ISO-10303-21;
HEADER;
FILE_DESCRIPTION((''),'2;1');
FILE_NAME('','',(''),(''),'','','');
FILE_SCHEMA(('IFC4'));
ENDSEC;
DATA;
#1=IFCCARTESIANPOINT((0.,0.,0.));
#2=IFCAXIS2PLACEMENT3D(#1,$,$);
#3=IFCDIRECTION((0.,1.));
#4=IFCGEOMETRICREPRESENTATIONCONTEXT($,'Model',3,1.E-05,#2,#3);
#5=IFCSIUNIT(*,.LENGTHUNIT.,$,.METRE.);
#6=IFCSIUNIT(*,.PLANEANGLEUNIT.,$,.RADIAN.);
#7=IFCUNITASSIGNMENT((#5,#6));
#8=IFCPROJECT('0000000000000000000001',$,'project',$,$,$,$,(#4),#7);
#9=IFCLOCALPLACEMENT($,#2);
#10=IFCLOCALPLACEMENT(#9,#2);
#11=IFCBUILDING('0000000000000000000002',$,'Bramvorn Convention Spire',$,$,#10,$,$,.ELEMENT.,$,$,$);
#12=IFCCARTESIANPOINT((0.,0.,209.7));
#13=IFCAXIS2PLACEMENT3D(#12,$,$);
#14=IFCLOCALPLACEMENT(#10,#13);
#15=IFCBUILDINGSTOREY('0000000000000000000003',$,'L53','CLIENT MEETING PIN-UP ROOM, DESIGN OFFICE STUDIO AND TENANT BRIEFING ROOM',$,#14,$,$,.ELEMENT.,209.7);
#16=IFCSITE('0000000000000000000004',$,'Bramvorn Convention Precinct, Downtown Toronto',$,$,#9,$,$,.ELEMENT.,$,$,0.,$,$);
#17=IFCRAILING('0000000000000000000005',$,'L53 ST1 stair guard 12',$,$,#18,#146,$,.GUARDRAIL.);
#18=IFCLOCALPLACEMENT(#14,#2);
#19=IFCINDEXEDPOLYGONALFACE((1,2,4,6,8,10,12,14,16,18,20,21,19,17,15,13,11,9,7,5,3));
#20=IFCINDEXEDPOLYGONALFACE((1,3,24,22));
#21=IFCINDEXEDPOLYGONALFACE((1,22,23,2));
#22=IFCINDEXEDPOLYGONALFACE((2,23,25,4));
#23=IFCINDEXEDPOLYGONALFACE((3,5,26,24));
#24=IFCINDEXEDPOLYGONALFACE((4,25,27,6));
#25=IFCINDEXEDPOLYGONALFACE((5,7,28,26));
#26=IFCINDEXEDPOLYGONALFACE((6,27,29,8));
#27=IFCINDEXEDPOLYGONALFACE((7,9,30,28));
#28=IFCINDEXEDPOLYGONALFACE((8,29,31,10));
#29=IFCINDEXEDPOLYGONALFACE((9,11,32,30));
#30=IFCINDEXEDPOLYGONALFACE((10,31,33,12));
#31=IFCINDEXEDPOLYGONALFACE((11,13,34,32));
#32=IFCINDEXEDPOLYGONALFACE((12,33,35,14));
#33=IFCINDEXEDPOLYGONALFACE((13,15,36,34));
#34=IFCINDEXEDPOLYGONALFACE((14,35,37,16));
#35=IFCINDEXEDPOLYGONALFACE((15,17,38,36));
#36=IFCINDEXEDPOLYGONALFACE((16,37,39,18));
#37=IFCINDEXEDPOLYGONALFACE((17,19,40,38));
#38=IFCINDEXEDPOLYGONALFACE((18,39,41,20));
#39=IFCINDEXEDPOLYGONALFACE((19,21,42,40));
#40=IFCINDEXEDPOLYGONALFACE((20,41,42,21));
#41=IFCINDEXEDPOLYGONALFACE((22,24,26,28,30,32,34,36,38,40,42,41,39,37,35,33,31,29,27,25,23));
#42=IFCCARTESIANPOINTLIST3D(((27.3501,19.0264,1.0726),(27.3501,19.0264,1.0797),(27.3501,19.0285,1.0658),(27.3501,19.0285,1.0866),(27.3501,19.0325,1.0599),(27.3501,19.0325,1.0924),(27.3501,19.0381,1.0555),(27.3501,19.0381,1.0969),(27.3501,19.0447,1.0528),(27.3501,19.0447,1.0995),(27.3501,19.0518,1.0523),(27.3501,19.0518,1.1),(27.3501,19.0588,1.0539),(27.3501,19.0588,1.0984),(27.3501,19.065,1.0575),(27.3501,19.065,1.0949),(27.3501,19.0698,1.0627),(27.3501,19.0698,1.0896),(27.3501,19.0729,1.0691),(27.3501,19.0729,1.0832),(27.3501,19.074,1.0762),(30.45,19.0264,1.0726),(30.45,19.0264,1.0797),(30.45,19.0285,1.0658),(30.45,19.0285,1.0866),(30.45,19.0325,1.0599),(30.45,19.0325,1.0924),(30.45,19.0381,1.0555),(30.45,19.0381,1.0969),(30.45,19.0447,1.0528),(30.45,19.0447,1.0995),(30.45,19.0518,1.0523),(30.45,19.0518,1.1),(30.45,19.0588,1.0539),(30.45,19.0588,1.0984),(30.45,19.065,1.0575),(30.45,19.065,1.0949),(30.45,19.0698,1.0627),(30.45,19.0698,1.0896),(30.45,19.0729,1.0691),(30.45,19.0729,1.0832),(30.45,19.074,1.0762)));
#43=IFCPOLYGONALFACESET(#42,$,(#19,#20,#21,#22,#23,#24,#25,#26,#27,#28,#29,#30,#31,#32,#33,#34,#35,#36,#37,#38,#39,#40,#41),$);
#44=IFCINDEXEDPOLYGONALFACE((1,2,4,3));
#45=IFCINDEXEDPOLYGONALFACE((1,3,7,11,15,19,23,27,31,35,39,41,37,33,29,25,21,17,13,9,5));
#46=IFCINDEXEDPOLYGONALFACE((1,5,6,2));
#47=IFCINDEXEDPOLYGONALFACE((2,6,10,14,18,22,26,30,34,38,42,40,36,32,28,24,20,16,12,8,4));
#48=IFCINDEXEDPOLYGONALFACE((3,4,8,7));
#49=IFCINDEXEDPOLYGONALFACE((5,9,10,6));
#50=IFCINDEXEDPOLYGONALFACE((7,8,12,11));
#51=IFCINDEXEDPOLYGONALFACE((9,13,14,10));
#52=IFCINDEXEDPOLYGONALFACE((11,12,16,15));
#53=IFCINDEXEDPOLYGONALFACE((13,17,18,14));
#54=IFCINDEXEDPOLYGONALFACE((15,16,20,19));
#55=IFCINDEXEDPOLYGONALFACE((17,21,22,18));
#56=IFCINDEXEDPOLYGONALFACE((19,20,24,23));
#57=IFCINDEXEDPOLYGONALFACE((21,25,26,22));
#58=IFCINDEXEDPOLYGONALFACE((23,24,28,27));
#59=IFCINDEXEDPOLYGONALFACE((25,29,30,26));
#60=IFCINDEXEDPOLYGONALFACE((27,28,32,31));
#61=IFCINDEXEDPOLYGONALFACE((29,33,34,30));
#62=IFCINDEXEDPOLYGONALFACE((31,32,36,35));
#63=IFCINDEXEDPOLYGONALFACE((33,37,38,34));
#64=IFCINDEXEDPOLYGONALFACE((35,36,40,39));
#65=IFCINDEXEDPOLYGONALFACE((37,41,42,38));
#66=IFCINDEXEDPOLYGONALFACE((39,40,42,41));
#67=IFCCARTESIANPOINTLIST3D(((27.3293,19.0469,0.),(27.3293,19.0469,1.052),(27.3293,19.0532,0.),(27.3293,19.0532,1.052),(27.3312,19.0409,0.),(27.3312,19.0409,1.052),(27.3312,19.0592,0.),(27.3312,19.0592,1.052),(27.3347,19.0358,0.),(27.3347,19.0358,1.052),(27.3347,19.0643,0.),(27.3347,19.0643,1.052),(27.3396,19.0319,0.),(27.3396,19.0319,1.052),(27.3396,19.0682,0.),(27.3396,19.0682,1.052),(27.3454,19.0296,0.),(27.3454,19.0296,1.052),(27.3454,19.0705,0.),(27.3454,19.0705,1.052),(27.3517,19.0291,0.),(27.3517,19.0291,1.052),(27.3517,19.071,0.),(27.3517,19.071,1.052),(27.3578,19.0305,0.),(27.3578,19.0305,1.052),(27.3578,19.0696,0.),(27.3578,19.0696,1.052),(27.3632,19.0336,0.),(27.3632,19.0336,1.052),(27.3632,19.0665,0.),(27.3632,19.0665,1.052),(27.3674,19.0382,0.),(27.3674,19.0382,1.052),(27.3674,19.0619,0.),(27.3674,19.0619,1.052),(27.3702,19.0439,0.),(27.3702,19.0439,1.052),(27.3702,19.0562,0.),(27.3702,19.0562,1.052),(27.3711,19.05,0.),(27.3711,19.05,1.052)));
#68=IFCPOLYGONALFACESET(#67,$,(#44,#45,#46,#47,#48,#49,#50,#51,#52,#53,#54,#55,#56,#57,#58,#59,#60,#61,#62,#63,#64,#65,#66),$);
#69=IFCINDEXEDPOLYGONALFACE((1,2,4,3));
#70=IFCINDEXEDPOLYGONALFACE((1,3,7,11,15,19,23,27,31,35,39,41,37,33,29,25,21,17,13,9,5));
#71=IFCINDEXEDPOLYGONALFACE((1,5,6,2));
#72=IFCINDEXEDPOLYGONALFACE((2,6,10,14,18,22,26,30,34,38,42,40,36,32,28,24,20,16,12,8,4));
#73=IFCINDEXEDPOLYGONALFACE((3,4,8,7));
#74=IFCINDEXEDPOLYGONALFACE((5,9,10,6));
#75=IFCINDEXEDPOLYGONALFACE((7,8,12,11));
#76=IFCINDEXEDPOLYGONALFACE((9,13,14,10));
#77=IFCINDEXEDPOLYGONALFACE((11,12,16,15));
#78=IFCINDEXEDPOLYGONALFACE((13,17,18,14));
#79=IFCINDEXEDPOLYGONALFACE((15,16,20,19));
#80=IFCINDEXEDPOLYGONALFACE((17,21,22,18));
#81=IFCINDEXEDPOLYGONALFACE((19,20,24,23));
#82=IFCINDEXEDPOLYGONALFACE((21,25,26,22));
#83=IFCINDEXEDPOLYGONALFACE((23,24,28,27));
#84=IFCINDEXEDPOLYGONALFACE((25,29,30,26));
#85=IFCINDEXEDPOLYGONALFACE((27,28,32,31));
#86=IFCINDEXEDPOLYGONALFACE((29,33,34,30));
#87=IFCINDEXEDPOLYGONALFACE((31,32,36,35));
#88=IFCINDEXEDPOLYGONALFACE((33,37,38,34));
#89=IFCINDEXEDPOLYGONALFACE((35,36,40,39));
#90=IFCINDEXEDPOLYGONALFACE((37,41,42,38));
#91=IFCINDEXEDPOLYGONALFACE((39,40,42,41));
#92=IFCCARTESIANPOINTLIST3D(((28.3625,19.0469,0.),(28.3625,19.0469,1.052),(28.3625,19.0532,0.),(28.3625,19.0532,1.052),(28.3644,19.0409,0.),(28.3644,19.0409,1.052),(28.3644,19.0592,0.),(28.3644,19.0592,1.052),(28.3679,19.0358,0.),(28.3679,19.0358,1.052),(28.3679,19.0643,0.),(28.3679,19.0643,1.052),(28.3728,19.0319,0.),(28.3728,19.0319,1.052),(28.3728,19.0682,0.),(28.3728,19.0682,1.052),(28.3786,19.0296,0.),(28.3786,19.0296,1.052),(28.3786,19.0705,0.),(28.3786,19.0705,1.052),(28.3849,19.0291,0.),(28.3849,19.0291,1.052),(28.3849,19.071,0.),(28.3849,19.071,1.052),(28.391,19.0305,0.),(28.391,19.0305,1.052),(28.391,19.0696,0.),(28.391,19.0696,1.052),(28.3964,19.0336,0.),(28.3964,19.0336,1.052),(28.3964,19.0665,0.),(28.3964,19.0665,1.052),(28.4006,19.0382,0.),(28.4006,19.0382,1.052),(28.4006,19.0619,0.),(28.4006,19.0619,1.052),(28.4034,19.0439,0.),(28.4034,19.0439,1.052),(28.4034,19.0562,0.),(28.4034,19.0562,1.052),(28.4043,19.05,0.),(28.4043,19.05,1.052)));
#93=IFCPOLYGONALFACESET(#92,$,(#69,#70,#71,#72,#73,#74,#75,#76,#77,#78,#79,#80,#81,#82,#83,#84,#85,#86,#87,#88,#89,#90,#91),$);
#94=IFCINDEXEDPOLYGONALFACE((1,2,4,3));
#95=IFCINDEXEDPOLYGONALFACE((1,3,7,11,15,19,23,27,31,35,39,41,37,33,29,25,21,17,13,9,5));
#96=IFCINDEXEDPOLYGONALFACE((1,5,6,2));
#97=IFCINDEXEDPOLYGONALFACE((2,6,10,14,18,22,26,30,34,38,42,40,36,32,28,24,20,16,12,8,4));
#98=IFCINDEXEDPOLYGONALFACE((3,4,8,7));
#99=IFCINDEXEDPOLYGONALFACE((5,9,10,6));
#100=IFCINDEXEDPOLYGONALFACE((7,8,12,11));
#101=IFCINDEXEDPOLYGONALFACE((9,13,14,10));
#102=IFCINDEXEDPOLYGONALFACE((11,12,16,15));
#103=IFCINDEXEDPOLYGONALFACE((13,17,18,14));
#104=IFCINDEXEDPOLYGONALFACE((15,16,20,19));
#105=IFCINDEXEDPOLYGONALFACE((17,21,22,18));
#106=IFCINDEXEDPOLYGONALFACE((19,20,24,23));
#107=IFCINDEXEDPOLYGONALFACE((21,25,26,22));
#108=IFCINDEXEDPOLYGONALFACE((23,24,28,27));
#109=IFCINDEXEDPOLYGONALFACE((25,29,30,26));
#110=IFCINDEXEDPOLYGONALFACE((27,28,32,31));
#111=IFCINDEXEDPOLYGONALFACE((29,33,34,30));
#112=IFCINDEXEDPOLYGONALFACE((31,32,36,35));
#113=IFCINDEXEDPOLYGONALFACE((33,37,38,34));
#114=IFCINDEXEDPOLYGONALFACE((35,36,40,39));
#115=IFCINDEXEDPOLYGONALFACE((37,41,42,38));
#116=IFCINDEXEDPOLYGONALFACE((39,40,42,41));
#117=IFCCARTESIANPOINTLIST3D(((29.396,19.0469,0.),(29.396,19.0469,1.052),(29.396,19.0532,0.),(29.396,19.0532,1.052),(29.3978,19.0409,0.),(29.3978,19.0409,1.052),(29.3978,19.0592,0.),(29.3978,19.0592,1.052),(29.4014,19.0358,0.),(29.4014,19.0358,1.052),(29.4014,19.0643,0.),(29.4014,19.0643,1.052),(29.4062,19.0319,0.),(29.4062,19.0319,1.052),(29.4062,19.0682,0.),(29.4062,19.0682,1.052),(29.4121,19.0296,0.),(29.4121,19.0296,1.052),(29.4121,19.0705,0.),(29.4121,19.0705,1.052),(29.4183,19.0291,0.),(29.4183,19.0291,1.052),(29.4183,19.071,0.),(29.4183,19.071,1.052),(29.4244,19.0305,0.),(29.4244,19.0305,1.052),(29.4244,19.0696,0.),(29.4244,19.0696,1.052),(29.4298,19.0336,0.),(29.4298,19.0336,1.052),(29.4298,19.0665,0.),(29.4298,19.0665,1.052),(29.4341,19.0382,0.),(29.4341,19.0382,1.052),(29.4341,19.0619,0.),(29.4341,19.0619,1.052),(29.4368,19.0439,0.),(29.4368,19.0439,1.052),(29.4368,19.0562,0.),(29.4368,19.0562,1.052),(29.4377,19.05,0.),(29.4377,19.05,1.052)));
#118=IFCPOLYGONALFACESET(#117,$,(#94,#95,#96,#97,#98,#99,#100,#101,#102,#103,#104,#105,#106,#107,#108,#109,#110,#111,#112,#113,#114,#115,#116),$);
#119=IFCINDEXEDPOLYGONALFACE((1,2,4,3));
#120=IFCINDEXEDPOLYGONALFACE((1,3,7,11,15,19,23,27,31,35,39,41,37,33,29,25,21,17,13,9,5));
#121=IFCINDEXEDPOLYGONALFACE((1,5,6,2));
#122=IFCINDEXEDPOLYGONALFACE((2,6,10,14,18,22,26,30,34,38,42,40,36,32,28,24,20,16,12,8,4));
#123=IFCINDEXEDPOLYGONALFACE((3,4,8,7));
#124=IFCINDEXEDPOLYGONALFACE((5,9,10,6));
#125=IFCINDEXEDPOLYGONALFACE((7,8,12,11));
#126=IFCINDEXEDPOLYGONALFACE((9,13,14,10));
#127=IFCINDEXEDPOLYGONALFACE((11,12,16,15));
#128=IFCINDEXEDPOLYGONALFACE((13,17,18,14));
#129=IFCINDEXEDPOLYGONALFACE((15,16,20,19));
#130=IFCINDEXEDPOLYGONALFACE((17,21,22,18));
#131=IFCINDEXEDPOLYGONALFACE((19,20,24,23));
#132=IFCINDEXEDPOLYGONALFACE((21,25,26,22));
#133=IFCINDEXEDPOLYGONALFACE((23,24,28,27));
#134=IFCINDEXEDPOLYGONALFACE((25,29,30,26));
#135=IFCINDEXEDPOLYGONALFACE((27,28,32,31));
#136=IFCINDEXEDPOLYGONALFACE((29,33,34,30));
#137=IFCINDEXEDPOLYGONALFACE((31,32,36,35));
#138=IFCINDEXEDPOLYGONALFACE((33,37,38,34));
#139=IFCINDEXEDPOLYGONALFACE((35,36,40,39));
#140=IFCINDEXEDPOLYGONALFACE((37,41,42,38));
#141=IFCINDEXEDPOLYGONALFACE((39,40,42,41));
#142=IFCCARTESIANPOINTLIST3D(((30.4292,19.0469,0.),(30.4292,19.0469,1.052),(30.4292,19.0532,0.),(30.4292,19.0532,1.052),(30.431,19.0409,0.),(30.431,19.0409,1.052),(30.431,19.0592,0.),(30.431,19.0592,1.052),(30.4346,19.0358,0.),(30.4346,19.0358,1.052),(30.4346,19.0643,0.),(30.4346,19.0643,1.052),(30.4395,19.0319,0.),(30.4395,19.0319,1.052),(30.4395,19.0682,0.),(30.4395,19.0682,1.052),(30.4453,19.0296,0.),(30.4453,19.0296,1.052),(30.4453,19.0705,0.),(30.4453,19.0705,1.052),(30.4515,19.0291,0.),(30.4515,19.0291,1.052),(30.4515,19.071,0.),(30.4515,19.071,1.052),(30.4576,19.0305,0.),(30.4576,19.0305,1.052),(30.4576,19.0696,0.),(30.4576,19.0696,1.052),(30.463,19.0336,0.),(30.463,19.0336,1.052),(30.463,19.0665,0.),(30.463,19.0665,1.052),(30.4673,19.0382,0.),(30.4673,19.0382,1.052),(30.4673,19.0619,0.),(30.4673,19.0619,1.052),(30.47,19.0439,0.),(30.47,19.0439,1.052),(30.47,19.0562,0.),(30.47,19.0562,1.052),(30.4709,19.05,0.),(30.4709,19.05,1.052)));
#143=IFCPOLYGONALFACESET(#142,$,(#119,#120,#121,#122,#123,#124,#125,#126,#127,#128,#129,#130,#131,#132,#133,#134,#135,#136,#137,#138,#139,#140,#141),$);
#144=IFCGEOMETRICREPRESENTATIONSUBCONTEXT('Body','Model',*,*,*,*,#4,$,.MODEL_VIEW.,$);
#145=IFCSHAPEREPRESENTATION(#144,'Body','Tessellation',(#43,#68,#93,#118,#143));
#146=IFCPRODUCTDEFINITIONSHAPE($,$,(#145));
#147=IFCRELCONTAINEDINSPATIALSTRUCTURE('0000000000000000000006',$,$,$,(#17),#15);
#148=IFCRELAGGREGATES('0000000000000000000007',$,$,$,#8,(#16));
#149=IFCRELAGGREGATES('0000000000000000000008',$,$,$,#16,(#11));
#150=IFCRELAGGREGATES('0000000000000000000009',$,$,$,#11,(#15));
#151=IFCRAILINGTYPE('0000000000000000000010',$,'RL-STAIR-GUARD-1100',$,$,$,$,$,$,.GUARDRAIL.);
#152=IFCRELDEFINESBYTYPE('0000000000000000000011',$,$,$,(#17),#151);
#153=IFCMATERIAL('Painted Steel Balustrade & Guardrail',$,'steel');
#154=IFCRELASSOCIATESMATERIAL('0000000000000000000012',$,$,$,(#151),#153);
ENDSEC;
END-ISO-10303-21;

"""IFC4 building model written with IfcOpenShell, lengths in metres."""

from ifc_helpers import new_model, si_unit, direction, frame, origin, origin_2d, place, context, subcontext, project, spatial, circle, extrude, material, type_object, element, save


model = new_model("IFC4")

# Units and contexts
model_context = context("Model", 3, precision=1e-05, world=origin(), true_north=direction((0.0, 1.0)))
body_context = subcontext(model_context, "Body", "Model", "MODEL_VIEW")
ifc_project = project(units=[si_unit("LENGTHUNIT", "METRE"), si_unit("PLANEANGLEUNIT", "RADIAN")], contexts=[model_context])

# Site, building, storey
site_placement = place(None, origin())
site = spatial("IfcSite", under=ifc_project, at=site_placement, Name="Bramvorn Convention Precinct, Downtown Toronto", CompositionType="ELEMENT", RefElevation=0.0)
building_placement = place(site_placement, origin())
building = spatial("IfcBuilding", under=site, at=building_placement, Name="Bramvorn Convention Spire", CompositionType="ELEMENT")
storey_placement = place(building_placement, frame((0.0, 0.0, 209.7)))
storey = spatial("IfcBuildingStorey", under=building, at=storey_placement, Name="L53", Description="CLIENT MEETING PIN-UP ROOM, DESIGN OFFICE STUDIO AND TENANT BRIEFING ROOM", CompositionType="ELEMENT", Elevation=209.7)

# Railing
ifc_material_1 = material(Name="Painted Steel Balustrade & Guardrail", Category="steel")
railing_type_1 = type_object("IfcRailingType", Name="RL-STAIR-GUARD-1100", PredefinedType="GUARDRAIL", material=ifc_material_1)
railing_1_placement = place(storey_placement, frame((27.3501, 19.05, 0.0)))
element("IfcRailing", 1, at=railing_1_placement, inside=storey, type_object=railing_type_1, Name="L53 ST1 stair guard 12", PredefinedType="GUARDRAIL", context=body_context, shape_type="SweptSolid", body=[
    extrude(circle(Radius=0.0239, at=origin_2d()), frame((0.0, 0.0, 1.0762), z_axis=(1.0, 0.0, 0.0), x_axis=(0.0, 1.0, 0.0)), (0.0, 0.0, 1.0), 3.0999),
    extrude(circle(Radius=0.021, at=origin_2d()), origin(), (0.0, 0.0, 1.0), 1.052),
    extrude(circle(Radius=0.021, at=origin_2d()), frame((1.0332, 0.0, 0.0)), (0.0, 0.0, 1.0), 1.052),
    extrude(circle(Radius=0.021, at=origin_2d()), frame((2.0667, 0.0, 0.0)), (0.0, 0.0, 1.0), 1.052),
    extrude(circle(Radius=0.021, at=origin_2d()), frame((3.0999, 0.0, 0.0)), (0.0, 0.0, 1.0), 1.052),
])

save(model, "model.ifc")
